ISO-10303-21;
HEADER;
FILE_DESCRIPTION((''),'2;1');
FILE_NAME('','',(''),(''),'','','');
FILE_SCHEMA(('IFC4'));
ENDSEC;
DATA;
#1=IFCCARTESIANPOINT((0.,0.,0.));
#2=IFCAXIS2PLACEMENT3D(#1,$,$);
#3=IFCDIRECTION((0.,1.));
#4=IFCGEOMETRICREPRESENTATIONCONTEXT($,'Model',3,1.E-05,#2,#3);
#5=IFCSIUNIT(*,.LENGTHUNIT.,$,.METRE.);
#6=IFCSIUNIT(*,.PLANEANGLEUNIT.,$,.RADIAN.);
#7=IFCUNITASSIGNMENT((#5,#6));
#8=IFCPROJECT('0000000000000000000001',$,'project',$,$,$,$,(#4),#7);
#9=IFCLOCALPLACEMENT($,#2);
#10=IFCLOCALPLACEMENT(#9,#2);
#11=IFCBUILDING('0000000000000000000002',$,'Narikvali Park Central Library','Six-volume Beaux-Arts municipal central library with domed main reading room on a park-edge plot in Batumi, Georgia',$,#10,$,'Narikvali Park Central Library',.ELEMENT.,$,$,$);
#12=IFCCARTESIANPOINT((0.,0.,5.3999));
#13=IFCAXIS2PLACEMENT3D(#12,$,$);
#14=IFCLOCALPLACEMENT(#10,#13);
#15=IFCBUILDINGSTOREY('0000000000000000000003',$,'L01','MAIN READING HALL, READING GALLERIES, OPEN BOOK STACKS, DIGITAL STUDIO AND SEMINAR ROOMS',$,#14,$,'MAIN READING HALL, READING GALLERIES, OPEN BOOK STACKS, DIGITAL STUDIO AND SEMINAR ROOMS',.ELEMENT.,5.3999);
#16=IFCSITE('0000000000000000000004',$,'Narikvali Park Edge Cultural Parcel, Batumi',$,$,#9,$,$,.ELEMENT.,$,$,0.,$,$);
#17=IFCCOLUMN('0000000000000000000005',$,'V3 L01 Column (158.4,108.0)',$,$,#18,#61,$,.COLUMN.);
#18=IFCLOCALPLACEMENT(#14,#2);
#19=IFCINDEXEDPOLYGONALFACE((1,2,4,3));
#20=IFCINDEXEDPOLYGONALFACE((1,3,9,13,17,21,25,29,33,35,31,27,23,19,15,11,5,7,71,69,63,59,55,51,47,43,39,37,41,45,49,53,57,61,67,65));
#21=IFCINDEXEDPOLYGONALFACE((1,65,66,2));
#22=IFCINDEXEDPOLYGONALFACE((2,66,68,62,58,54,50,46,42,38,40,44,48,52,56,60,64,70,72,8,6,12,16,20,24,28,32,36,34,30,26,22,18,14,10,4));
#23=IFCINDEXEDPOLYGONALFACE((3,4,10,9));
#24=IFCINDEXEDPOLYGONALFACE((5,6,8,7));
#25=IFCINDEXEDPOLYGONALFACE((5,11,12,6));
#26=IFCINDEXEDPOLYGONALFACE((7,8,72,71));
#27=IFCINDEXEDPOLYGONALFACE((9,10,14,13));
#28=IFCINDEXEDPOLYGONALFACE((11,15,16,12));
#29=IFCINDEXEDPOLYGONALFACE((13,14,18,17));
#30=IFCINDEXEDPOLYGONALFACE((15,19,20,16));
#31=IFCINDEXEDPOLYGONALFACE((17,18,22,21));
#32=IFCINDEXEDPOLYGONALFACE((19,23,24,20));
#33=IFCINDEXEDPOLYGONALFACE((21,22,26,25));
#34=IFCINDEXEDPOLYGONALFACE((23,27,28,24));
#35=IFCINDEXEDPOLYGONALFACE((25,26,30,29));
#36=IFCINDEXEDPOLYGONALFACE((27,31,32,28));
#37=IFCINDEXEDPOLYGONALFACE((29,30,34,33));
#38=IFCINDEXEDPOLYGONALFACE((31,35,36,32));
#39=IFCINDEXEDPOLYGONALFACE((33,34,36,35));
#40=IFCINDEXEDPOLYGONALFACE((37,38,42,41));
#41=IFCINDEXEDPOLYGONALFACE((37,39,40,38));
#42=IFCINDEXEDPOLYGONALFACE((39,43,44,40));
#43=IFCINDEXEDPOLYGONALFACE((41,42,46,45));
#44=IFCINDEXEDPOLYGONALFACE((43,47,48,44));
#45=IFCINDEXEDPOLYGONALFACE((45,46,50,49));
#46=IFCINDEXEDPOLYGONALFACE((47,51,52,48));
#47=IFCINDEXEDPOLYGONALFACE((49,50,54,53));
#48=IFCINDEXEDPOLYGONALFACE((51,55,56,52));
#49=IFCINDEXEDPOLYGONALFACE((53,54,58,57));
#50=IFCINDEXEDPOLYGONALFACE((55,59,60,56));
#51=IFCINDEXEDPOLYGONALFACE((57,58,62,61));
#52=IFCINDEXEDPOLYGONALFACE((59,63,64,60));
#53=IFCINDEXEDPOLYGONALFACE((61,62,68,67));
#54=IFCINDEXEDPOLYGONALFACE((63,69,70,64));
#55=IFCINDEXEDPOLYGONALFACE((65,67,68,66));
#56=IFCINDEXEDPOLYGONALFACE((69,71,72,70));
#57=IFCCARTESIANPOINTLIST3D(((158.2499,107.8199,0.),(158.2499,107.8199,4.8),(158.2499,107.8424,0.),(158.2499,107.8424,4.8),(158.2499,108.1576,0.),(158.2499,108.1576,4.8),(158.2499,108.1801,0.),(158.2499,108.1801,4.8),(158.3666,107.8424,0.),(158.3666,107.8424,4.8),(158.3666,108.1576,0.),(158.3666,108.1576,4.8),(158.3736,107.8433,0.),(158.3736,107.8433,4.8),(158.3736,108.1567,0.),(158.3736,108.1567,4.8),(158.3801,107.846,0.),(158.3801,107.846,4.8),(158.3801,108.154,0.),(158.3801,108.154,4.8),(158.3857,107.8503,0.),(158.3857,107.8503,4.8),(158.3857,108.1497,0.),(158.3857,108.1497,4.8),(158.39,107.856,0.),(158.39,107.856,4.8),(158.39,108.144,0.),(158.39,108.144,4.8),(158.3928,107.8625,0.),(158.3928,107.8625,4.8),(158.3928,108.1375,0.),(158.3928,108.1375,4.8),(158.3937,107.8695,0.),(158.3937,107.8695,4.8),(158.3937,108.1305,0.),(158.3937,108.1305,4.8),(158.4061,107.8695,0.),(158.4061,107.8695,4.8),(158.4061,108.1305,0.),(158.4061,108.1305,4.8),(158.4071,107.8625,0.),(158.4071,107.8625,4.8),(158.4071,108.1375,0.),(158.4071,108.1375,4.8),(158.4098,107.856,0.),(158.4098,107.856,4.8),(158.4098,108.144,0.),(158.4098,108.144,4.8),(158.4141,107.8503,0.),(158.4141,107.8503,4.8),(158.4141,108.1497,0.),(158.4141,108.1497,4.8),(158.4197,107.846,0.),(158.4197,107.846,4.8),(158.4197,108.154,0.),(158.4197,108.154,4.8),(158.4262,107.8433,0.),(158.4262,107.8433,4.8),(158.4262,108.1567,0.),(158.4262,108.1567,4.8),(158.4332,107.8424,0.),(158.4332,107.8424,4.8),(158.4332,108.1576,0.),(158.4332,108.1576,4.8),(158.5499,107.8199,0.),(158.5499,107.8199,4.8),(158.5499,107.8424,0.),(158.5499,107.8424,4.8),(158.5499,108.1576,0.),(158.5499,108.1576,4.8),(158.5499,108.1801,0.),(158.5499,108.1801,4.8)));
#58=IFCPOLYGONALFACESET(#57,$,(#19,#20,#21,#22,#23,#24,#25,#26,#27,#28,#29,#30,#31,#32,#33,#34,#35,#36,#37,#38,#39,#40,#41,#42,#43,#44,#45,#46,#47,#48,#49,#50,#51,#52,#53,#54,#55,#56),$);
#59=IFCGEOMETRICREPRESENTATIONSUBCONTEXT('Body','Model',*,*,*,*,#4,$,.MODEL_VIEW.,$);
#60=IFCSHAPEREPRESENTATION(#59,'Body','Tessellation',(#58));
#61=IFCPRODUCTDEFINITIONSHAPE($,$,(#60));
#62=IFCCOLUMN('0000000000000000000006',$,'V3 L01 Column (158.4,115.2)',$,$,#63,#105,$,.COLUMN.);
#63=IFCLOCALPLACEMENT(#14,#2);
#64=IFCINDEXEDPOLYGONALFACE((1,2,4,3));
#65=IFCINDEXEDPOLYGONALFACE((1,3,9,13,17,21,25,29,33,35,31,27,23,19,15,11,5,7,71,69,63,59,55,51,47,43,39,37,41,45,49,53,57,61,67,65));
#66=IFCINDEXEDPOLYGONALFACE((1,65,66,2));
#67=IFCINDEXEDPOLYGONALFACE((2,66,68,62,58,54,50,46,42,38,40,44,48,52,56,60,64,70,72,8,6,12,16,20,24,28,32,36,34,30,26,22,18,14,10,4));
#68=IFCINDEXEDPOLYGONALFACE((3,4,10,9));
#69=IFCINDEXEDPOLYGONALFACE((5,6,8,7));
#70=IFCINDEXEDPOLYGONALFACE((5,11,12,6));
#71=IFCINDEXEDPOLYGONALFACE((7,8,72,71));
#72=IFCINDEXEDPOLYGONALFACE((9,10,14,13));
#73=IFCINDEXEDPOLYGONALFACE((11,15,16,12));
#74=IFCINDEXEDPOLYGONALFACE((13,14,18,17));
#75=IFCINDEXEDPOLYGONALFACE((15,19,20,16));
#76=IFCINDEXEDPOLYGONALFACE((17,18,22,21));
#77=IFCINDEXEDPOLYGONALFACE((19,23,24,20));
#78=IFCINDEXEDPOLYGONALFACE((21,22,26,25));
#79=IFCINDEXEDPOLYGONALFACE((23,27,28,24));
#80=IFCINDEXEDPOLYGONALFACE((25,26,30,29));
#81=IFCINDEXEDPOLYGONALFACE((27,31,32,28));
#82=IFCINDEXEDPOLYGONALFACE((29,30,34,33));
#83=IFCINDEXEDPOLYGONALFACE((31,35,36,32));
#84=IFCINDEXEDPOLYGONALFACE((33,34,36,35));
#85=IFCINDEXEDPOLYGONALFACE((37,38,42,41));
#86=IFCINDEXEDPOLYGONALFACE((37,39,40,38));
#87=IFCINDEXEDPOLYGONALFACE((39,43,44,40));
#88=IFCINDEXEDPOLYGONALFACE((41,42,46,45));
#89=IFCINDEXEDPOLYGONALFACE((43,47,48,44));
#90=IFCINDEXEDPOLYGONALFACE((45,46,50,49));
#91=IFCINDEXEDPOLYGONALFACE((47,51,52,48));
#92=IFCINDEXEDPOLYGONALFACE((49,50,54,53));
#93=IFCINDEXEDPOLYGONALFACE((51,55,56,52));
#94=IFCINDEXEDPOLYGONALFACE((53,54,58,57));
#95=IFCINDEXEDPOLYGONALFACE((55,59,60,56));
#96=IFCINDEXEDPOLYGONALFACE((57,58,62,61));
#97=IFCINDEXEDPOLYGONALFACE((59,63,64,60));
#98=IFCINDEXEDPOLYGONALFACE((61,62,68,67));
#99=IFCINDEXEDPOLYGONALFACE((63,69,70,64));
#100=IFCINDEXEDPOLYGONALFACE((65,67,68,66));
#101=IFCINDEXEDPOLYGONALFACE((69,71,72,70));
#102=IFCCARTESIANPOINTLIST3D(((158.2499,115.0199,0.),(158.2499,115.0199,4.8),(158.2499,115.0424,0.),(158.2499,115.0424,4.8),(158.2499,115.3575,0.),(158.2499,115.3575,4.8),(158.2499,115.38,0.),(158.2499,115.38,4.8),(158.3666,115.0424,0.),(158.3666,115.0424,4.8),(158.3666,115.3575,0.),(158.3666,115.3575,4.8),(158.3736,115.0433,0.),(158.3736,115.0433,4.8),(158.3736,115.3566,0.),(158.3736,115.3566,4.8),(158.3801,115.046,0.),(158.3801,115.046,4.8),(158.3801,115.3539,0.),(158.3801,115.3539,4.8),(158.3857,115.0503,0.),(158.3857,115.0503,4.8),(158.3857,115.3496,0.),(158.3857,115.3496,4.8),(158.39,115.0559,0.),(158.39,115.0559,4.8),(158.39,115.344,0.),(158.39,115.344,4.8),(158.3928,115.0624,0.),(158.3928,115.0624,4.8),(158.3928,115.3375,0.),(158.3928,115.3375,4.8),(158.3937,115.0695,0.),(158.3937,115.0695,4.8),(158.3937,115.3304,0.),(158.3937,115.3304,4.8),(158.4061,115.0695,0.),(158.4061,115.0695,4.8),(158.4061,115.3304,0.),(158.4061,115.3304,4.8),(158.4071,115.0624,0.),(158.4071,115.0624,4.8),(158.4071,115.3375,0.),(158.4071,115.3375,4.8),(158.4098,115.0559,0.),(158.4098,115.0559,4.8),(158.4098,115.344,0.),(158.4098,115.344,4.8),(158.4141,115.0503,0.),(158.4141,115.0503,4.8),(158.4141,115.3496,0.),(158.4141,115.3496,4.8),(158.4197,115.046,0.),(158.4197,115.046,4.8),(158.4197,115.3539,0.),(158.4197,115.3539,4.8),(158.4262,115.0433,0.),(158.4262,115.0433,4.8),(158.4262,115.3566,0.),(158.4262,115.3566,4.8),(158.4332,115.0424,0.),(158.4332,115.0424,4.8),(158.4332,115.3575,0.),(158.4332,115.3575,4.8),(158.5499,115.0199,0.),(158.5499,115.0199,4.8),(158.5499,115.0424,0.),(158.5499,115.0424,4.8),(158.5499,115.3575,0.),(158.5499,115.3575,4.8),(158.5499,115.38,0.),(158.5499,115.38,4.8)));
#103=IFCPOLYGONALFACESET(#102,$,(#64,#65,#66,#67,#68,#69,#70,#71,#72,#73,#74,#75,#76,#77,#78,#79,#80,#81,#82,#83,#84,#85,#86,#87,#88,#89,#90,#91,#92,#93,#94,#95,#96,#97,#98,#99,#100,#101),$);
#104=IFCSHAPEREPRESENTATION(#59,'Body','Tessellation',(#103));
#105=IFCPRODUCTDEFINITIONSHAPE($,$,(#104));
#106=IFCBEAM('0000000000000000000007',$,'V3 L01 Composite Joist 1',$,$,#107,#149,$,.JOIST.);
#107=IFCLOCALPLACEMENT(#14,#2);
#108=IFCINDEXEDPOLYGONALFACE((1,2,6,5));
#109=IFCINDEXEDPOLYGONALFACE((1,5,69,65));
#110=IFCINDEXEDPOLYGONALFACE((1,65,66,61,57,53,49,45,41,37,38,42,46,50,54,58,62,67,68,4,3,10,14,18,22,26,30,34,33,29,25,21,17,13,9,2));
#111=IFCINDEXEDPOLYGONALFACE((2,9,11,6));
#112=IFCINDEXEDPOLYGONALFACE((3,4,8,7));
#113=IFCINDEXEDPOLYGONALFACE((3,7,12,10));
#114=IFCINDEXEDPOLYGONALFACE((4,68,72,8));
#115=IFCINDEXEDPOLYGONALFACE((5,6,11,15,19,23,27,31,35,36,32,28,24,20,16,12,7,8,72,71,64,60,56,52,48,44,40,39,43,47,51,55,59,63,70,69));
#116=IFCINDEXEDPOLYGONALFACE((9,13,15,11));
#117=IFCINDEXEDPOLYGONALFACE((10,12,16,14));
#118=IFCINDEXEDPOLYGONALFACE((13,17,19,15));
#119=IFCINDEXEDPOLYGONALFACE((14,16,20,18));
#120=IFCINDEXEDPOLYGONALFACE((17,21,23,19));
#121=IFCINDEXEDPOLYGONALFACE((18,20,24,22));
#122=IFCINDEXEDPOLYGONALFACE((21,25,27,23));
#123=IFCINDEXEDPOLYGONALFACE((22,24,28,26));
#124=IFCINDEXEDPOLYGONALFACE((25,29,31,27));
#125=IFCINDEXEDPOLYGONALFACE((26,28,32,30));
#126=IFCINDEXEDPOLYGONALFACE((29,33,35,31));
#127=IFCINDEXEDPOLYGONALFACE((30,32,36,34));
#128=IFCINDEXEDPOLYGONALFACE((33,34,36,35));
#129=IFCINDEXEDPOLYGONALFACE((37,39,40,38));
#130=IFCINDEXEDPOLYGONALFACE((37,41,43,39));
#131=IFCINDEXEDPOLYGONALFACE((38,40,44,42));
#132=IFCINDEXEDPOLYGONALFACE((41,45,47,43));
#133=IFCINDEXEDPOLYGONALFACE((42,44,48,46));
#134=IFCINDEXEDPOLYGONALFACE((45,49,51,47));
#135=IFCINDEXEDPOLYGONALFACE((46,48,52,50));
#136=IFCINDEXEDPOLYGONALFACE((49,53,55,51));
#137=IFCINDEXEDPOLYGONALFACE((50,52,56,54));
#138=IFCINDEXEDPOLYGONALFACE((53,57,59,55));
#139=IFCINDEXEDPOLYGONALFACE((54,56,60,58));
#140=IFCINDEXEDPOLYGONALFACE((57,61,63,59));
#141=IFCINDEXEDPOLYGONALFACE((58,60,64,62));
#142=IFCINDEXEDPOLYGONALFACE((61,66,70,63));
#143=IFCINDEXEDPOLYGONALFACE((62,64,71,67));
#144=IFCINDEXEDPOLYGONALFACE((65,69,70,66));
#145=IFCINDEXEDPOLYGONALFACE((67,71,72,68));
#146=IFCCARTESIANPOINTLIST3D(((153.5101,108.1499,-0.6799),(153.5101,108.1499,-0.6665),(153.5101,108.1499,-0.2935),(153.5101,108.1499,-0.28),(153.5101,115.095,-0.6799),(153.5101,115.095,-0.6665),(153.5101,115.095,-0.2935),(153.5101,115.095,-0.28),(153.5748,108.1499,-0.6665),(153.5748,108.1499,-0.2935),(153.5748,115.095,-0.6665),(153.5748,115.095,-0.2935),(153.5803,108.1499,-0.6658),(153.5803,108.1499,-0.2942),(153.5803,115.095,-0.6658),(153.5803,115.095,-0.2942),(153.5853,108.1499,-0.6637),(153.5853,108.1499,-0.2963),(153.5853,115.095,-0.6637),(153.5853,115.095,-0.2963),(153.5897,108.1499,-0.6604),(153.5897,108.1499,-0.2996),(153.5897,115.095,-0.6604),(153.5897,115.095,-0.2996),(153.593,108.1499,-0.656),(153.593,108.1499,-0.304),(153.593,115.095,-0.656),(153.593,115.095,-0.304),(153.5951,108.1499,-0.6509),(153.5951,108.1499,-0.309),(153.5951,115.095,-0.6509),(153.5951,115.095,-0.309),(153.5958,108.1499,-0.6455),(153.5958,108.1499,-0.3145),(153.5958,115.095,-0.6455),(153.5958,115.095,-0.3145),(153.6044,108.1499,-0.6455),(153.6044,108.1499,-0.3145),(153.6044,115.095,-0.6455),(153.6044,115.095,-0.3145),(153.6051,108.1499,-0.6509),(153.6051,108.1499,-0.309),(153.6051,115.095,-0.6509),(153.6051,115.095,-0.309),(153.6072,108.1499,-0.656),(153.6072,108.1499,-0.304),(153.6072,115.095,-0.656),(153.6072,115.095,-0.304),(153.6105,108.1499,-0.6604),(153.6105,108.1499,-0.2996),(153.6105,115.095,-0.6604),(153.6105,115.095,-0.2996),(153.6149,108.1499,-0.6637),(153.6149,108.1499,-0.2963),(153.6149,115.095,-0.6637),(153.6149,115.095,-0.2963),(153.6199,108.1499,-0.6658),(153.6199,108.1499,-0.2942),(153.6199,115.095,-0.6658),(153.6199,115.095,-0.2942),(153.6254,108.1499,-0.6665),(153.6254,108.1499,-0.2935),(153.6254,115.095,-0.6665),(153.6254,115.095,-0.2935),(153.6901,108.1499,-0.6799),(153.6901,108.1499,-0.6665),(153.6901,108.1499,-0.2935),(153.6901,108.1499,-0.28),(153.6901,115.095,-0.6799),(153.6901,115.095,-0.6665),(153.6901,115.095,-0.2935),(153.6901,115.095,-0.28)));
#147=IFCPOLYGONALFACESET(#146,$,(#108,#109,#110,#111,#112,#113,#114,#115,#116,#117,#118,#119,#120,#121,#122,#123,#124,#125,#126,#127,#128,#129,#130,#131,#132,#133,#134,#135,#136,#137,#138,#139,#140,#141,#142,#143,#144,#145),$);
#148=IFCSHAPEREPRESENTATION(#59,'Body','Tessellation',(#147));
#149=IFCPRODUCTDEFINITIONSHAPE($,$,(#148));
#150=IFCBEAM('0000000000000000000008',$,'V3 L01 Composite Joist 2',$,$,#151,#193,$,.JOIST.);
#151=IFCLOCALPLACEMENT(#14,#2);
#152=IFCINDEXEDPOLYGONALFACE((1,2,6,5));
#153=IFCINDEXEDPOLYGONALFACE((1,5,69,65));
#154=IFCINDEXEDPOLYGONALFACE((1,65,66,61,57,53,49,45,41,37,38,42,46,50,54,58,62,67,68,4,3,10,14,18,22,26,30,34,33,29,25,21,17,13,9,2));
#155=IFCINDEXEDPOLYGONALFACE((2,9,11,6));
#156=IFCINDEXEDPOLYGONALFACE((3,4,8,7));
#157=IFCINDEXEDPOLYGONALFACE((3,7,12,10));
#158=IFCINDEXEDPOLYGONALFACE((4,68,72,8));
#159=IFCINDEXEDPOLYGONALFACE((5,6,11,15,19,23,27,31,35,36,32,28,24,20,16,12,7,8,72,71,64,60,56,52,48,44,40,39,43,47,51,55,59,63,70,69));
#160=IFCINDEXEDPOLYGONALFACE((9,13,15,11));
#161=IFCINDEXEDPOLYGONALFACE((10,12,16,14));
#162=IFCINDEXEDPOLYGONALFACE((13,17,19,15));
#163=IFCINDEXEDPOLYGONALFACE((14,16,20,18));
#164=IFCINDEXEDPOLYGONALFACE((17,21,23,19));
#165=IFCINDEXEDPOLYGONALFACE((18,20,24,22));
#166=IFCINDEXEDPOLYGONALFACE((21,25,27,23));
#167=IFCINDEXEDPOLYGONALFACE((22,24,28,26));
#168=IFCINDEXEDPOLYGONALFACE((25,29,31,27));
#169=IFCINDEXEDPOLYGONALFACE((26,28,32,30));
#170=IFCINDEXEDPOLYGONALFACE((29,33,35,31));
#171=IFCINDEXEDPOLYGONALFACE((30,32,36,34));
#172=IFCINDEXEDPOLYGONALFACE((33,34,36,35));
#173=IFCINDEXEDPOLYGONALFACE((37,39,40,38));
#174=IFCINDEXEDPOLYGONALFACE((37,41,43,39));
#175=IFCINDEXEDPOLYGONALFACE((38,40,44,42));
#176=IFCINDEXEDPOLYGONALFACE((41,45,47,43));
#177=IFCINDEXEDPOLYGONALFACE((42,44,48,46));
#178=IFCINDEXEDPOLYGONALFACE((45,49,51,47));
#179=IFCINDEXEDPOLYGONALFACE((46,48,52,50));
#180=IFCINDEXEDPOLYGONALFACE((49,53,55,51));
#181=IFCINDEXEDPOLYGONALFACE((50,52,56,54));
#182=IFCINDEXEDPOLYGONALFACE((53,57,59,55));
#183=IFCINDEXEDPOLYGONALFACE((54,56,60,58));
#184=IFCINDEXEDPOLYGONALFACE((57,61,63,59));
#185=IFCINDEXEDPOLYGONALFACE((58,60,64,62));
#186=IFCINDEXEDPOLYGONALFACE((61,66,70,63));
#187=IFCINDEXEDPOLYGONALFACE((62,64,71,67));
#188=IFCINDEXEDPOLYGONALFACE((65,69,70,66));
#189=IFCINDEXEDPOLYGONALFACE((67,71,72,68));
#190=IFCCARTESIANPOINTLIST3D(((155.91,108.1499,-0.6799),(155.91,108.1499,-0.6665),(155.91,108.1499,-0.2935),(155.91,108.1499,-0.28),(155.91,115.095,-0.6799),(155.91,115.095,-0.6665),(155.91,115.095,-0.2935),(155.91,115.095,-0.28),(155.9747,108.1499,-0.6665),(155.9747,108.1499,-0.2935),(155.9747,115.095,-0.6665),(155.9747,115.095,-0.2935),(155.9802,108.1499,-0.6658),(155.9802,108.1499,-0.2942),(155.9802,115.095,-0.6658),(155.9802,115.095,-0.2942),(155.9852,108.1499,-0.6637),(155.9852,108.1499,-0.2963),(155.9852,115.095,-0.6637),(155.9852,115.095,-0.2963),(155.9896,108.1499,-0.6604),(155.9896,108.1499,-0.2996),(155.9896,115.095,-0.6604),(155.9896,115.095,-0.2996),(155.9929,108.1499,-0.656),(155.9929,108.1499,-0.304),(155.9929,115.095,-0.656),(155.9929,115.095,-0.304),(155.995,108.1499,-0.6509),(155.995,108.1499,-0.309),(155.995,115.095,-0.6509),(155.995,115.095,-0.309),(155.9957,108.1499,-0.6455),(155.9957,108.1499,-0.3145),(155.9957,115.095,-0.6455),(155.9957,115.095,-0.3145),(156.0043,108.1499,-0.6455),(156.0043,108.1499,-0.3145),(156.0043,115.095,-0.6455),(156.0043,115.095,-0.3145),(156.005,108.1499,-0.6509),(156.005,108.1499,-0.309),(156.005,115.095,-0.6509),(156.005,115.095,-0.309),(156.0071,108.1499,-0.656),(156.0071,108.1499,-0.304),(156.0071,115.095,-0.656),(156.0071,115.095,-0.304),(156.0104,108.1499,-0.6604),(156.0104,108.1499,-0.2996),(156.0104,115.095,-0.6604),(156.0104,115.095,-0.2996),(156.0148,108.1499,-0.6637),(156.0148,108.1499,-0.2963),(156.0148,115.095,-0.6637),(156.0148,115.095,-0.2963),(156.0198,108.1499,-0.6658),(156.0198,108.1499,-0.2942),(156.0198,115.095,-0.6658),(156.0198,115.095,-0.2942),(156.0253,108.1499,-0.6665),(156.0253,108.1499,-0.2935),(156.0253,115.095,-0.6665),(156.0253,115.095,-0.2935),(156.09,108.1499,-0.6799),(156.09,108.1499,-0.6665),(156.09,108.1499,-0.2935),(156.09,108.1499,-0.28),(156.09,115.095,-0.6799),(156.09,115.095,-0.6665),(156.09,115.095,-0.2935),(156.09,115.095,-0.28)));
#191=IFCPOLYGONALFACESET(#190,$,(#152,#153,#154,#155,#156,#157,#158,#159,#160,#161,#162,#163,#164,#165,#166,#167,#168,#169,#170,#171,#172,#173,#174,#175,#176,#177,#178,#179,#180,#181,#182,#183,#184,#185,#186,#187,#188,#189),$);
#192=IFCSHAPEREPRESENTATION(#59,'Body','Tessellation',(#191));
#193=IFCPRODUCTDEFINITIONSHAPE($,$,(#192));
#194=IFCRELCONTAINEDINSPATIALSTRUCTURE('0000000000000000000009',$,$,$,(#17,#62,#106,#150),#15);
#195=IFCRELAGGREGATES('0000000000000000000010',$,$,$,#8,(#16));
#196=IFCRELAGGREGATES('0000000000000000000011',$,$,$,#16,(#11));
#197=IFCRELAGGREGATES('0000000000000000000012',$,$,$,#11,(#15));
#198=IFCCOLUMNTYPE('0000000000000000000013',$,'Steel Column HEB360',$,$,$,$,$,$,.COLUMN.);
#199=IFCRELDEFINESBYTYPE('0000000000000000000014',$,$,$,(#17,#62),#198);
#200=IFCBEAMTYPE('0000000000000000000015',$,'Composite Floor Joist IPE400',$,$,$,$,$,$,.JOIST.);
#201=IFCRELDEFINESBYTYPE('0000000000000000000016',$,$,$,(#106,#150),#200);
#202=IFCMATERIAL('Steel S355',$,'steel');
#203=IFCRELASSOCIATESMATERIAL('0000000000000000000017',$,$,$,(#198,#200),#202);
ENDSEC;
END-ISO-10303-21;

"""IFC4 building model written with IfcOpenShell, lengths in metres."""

from ifc_helpers import new_model, si_unit, direction, frame, origin, origin_2d, place, context, subcontext, project, spatial, i_section, extrude, material, material_profile, profile_set, type_object, element, save


model = new_model("IFC4")

# Units and contexts
model_context = context("Model", 3, precision=1e-05, world=origin(), true_north=direction((0.0, 1.0)))
body_context = subcontext(model_context, "Body", "Model", "MODEL_VIEW")
ifc_project = project(units=[si_unit("LENGTHUNIT", "METRE"), si_unit("PLANEANGLEUNIT", "RADIAN")], contexts=[model_context])

# Site, building, storey
site_placement = place(None, origin())
site = spatial("IfcSite", under=ifc_project, at=site_placement, Name="Narikvali Park Edge Cultural Parcel, Batumi", CompositionType="ELEMENT", RefElevation=0.0)
building_placement = place(site_placement, origin())
building = spatial("IfcBuilding", under=site, at=building_placement, Name="Narikvali Park Central Library", Description="Six-volume Beaux-Arts municipal central library with domed main reading room on a park-edge plot in Batumi, Georgia", LongName="Narikvali Park Central Library", CompositionType="ELEMENT")
storey_placement = place(building_placement, frame((0.0, 0.0, 5.3999)))
storey = spatial("IfcBuildingStorey", under=building, at=storey_placement, Name="L01", Description="MAIN READING HALL, READING GALLERIES, OPEN BOOK STACKS, DIGITAL STUDIO AND SEMINAR ROOMS", LongName="MAIN READING HALL, READING GALLERIES, OPEN BOOK STACKS, DIGITAL STUDIO AND SEMINAR ROOMS", CompositionType="ELEMENT", Elevation=5.3999)

# Columns
ifc_material_1 = material(Name="Steel S355", Category="steel")
ifc_material_profile_1 = material_profile(ifc_material_1, i_section(OverallWidth=0.3, OverallDepth=0.3601, WebThickness=0.0125, FlangeThickness=0.0225, FilletRadius=0.0271, at=origin_2d()), Name="HEB 360")
ifc_profile_set_1 = profile_set([ifc_material_profile_1], Name="Steel S355")
column_type = type_object("IfcColumnType", Name="Steel Column HEB360", PredefinedType="COLUMN", material=ifc_profile_set_1)
for number, where, z_axis, x_axis, name in (
    (1, (158.3999, 108.0, 0.0), (0.0, 0.0, 1.0), (1.0, 0.0, 0.0), "V3 L01 Column (158.4,108.0)"),
    (2, (158.3999, 115.2, 0.0), (0.0, 0.0, 1.0), (1.0, 0.0, 0.0), "V3 L01 Column (158.4,115.2)"),
):
    element("IfcColumn", number, at=place(storey_placement, frame(where, z_axis=z_axis, x_axis=x_axis)), inside=storey, type_object=column_type, Name=name, PredefinedType="COLUMN", context=body_context, shape_type="SweptSolid", body=[
        extrude(i_section(OverallWidth=0.3, OverallDepth=0.3601, WebThickness=0.0125, FlangeThickness=0.0225, FilletRadius=0.0271, at=origin_2d()), origin(), (0.0, 0.0, 1.0), 4.8),
    ])

# Beams
ifc_material_profile_2 = material_profile(ifc_material_1, i_section(OverallWidth=0.1799, OverallDepth=0.3999, WebThickness=0.0085, FlangeThickness=0.0134, FilletRadius=0.021, at=origin_2d()), Name="IPE 400")
ifc_profile_set_2 = profile_set([ifc_material_profile_2], Name="Steel S355")
beam_type_1 = type_object("IfcBeamType", Name="Composite Floor Joist IPE400", PredefinedType="JOIST", material=ifc_profile_set_2)
for number, where, z_axis, x_axis, name in (
    (3, (153.6001, 108.1499, -0.48), (0.0, 1.0, 0.0), (-1.0, 0.0, 0.0), "V3 L01 Composite Joist 1"),
    (4, (156.0, 108.1499, -0.48), (0.0, 1.0, 0.0), (-1.0, 0.0, 0.0), "V3 L01 Composite Joist 2"),
):
    element("IfcBeam", number, at=place(storey_placement, frame(where, z_axis=z_axis, x_axis=x_axis)), inside=storey, type_object=beam_type_1, Name=name, PredefinedType="JOIST", context=body_context, shape_type="SweptSolid", body=[
        extrude(i_section(OverallWidth=0.1799, OverallDepth=0.3999, WebThickness=0.0085, FlangeThickness=0.0134, FilletRadius=0.021, at=origin_2d()), origin(), (0.0, 0.0, 1.0), 6.9451),
    ])

save(model, "model.ifc")
